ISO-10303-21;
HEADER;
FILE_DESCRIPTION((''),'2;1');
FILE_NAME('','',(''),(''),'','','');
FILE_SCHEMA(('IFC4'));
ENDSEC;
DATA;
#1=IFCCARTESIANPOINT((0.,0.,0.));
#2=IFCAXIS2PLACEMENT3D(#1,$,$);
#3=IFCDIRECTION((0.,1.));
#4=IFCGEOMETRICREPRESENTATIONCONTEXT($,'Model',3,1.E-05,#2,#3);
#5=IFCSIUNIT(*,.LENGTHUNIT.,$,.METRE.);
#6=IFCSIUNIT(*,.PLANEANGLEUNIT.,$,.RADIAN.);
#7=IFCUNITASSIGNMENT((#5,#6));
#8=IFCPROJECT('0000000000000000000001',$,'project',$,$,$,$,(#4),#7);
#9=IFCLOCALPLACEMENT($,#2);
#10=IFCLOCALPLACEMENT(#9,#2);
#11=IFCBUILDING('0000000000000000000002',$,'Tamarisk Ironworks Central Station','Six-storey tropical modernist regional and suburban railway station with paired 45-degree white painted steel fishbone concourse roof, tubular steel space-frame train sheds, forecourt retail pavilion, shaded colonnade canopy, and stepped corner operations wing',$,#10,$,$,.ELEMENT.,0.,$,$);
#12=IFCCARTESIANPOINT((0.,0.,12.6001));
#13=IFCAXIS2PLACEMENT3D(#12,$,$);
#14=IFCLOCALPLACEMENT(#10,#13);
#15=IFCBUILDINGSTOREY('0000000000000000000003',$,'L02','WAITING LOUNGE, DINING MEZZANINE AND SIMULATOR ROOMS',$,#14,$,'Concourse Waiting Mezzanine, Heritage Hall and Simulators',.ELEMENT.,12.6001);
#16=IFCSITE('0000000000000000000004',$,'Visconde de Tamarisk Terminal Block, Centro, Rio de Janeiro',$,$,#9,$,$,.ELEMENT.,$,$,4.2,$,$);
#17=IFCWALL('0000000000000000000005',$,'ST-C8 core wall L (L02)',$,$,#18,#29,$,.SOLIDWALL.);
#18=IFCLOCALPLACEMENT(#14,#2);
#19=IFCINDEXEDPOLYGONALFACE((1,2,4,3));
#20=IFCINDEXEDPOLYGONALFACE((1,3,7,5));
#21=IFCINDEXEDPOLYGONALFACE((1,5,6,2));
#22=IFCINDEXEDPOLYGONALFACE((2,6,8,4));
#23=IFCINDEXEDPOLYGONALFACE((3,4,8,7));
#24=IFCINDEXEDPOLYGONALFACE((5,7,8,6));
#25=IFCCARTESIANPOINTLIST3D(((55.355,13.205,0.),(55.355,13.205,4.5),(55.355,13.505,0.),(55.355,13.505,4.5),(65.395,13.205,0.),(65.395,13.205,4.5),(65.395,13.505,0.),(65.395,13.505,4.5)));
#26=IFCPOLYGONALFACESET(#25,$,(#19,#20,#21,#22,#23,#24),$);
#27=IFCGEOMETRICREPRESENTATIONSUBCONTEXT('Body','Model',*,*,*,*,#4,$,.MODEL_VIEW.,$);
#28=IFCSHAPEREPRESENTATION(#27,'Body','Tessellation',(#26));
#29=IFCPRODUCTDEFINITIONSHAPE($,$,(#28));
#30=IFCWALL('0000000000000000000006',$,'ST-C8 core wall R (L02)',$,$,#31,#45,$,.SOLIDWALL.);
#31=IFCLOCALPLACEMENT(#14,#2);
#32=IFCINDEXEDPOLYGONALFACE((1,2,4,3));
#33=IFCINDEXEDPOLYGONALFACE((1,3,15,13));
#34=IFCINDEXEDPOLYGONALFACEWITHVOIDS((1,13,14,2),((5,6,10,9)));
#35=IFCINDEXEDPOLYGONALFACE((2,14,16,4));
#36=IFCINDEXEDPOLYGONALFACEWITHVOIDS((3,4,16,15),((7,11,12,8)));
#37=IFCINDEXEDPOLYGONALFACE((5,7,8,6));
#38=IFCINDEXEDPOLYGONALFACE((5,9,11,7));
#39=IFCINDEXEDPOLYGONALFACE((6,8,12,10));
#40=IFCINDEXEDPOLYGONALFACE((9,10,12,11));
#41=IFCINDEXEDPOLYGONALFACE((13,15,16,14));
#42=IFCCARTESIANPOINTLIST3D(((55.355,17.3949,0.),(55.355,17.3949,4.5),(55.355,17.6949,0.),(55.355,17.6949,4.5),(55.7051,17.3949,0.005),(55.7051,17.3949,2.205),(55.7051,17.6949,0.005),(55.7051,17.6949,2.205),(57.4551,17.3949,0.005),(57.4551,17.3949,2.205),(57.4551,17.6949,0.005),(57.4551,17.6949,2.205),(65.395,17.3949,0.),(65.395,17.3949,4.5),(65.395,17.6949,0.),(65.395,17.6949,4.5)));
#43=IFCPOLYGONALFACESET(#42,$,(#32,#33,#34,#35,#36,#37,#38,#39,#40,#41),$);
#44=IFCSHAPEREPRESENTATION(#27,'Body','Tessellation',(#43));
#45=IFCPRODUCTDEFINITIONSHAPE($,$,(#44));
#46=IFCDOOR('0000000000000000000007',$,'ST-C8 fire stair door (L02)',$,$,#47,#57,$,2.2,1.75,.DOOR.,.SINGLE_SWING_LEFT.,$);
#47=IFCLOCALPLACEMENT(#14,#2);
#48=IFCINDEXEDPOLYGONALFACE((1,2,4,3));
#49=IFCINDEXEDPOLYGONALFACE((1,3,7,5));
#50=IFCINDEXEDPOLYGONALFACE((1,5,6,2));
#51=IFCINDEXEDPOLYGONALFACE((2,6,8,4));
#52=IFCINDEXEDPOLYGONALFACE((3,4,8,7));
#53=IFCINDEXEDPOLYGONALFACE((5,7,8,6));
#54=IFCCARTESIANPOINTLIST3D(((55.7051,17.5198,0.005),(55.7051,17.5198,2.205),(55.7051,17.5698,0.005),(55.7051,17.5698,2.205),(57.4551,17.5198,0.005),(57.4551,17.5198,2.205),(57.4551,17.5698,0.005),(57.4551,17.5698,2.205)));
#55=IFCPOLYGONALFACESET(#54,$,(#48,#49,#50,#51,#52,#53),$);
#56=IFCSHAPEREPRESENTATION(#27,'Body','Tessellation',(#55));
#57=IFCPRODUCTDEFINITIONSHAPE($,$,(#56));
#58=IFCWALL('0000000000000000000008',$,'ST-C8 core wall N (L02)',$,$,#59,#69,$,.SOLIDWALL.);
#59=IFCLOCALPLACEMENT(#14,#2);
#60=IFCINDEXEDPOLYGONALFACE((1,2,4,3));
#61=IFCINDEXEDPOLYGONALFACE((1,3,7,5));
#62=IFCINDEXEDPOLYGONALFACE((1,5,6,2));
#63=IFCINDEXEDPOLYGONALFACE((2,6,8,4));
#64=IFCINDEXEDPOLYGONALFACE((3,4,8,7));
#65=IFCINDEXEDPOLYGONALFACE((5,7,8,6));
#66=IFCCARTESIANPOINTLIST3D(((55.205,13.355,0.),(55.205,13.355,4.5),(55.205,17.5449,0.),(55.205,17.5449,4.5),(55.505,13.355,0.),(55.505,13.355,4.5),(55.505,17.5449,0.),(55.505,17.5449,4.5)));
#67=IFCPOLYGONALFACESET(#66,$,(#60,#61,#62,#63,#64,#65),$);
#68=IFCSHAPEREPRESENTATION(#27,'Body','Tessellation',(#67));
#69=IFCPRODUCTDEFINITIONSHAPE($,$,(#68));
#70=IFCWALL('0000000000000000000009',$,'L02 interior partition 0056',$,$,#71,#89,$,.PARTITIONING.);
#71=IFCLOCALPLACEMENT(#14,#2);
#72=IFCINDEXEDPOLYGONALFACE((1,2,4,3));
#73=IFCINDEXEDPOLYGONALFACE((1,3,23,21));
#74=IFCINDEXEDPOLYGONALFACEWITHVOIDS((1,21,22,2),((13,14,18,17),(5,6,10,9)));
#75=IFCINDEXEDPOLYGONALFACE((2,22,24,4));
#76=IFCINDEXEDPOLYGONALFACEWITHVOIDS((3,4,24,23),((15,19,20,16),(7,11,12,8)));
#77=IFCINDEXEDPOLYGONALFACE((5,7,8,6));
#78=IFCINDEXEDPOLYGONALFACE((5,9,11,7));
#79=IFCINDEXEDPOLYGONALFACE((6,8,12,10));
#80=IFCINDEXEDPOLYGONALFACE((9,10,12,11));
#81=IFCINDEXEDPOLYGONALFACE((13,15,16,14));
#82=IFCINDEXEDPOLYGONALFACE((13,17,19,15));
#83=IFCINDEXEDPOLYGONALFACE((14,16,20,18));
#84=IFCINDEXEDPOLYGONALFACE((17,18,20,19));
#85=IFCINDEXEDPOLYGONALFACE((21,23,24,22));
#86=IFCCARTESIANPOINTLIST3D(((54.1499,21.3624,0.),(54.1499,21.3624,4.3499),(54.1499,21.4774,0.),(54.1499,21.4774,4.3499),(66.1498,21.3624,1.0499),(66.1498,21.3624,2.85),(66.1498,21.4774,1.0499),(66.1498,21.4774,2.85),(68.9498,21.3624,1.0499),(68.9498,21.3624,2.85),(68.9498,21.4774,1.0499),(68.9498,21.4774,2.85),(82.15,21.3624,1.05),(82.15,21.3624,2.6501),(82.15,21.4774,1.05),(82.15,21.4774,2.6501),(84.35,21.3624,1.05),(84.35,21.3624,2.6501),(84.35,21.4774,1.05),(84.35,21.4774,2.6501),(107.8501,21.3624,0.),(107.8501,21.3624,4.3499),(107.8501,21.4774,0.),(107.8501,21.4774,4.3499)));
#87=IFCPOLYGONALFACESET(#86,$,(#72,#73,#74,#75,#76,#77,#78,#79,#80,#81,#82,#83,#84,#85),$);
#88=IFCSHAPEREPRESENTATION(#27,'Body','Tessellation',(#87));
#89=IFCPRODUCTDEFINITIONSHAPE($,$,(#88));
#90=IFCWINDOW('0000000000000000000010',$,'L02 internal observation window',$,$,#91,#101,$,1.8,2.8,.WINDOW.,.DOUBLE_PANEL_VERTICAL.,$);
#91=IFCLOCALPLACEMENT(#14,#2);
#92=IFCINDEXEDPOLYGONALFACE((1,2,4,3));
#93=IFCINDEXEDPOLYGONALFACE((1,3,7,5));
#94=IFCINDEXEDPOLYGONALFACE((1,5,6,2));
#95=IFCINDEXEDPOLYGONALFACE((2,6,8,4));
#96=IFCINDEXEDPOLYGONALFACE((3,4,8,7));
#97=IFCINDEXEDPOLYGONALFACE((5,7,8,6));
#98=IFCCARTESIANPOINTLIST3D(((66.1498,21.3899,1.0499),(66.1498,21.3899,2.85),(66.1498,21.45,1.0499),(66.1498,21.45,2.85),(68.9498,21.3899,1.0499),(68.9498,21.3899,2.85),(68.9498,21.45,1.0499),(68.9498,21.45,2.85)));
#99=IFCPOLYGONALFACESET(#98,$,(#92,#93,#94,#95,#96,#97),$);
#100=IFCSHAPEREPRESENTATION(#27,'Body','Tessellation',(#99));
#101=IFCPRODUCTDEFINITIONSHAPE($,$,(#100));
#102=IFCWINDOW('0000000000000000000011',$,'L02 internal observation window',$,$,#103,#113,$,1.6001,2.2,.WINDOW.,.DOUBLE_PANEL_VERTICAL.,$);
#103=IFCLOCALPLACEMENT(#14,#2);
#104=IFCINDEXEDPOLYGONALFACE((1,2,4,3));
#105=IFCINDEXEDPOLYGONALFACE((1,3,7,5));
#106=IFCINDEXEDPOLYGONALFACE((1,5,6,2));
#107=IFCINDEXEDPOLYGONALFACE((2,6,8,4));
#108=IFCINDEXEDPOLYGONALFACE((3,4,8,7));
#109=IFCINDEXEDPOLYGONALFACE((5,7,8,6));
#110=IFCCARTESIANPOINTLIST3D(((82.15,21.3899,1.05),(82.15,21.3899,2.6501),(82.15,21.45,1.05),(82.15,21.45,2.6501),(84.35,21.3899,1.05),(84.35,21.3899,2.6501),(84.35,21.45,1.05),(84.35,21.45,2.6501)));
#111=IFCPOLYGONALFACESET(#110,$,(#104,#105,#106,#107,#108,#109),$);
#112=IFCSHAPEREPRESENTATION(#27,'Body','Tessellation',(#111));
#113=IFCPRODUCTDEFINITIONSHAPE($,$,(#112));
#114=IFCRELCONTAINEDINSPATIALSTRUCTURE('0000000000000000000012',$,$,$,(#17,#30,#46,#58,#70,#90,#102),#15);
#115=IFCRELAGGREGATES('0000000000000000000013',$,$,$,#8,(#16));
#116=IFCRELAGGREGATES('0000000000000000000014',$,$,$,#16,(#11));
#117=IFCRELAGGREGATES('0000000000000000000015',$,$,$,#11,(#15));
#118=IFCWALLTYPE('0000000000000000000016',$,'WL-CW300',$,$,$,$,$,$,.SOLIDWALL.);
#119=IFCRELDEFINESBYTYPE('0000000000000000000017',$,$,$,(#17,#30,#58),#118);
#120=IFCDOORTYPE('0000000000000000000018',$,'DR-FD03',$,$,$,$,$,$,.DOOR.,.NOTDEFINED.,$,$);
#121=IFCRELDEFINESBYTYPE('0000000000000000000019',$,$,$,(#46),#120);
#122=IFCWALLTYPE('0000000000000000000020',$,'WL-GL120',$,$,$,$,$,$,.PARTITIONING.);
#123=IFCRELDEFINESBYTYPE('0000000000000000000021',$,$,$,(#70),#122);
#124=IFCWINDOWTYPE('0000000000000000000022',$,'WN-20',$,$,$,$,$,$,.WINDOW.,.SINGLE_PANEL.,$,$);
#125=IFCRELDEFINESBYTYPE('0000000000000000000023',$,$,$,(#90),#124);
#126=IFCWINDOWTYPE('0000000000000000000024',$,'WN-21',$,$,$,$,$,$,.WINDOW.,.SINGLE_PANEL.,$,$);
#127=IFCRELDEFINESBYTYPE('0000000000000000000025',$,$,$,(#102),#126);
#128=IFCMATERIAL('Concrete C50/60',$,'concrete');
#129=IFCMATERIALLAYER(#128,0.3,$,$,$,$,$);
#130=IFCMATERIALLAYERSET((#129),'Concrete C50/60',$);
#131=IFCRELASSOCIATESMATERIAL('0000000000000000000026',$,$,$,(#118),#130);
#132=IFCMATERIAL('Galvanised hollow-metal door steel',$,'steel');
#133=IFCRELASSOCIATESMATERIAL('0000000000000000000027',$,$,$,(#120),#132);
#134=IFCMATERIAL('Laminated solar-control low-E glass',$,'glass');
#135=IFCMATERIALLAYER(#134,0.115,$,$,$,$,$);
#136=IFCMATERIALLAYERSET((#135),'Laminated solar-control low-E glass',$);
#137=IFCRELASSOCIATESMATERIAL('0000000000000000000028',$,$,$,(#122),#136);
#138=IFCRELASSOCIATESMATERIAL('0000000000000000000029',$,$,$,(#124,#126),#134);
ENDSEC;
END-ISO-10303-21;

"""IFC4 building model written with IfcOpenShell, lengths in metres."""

from ifc_helpers import new_model, si_unit, direction, frame, frame_2d, origin, place, context, subcontext, project, spatial, rectangle, extrude, material, layer, layer_set, type_object, element, fill, save


model = new_model("IFC4")

# Units and contexts
model_context = context("Model", 3, precision=1e-05, world=origin(), true_north=direction((0.0, 1.0)))
body_context = subcontext(model_context, "Body", "Model", "MODEL_VIEW")
ifc_project = project(units=[si_unit("LENGTHUNIT", "METRE"), si_unit("PLANEANGLEUNIT", "RADIAN")], contexts=[model_context])

# Site, building, storey
site_placement = place(None, origin())
site = spatial("IfcSite", under=ifc_project, at=site_placement, Name="Visconde de Tamarisk Terminal Block, Centro, Rio de Janeiro", CompositionType="ELEMENT", RefElevation=4.2)
building_placement = place(site_placement, origin())
building = spatial("IfcBuilding", under=site, at=building_placement, Name="Tamarisk Ironworks Central Station", Description="Six-storey tropical modernist regional and suburban railway station with paired 45-degree white painted steel fishbone concourse roof, tubular steel space-frame train sheds, forecourt retail pavilion, shaded colonnade canopy, and stepped corner operations wing", CompositionType="ELEMENT", ElevationOfRefHeight=0.0)
storey_placement = place(building_placement, frame((0.0, 0.0, 12.6001)))
storey = spatial("IfcBuildingStorey", under=building, at=storey_placement, Name="L02", Description="WAITING LOUNGE, DINING MEZZANINE AND SIMULATOR ROOMS", LongName="Concourse Waiting Mezzanine, Heritage Hall and Simulators", CompositionType="ELEMENT", Elevation=12.6001)

# Shared definitions
ifc_material_1 = material(Name="Laminated solar-control low-E glass", Category="glass")

# Wall
ifc_material_2 = material(Name="Concrete C50/60", Category="concrete")
ifc_layer_1 = layer(ifc_material_2, 0.3)
ifc_layer_set_1 = layer_set([ifc_layer_1], Name="Concrete C50/60")
wall_type_1 = type_object("IfcWallType", Name="WL-CW300", PredefinedType="SOLIDWALL", material=ifc_layer_set_1)
wall_1_placement = place(storey_placement, frame((55.355, 13.355, 0.0), z_axis=(0.0, 0.0, 1.0), x_axis=(1.0, 0.0, 0.0)))
element("IfcWall", 1, at=wall_1_placement, inside=storey, type_object=wall_type_1, Name="ST-C8 core wall L (L02)", PredefinedType="SOLIDWALL", context=body_context, shape_type="SweptSolid", body=[
    extrude(rectangle(XDim=10.04, YDim=0.3, at=frame_2d((5.02, 0.0))), origin(), (0.0, 0.0, 1.0), 4.5),
])

# Wall, opening, door
wall_2_placement = place(storey_placement, frame((55.355, 17.5449, 0.0), z_axis=(0.0, 0.0, 1.0), x_axis=(1.0, 0.0, 0.0)))
wall_2 = element("IfcWall", 2, at=wall_2_placement, inside=storey, type_object=wall_type_1, Name="ST-C8 core wall R (L02)", PredefinedType="SOLIDWALL", context=body_context, shape_type="SweptSolid", body=[
    extrude(rectangle(XDim=10.04, YDim=0.3, at=frame_2d((5.02, 0.0))), origin(), (0.0, 0.0, 1.0), 4.5),
])
opening_1_placement = place(wall_2_placement, frame((0.3501, 0.0, 0.0049)))
opening_1 = element("IfcOpeningElement", 3, at=opening_1_placement, cuts=wall_2, PredefinedType="OPENING", context=body_context, shape_type="SweptSolid", body=[
    extrude(rectangle(XDim=1.75, YDim=2.2, at=frame_2d((0.875, 1.1001))), frame((0.0, 0.1621, 0.0), z_axis=(0.0, -1.0, 0.0), x_axis=(1.0, 0.0, 0.0)), (0.0, 0.0, 1.0), 0.324),
])
ifc_material_3 = material(Name="Galvanised hollow-metal door steel", Category="steel")
door_type = type_object("IfcDoorType", Name="DR-FD03", OperationType="NOTDEFINED", PredefinedType="DOOR", material=ifc_material_3)
door_placement = place(opening_1_placement, origin())
door = element("IfcDoor", 4, at=door_placement, inside=storey, type_object=door_type, Name="ST-C8 fire stair door (L02)", OperationType="SINGLE_SWING_LEFT", OverallHeight=2.2, OverallWidth=1.75, PredefinedType="DOOR", context=body_context, shape_type="SweptSolid", body=[
    extrude(rectangle(XDim=1.75, YDim=2.2, at=frame_2d((0.875, 1.1001))), frame((0.0, 0.0249, 0.0), z_axis=(0.0, -1.0, 0.0), x_axis=(1.0, 0.0, 0.0)), (0.0, 0.0, 1.0), 0.05),
])
fill(opening_1, door)

# Wall
wall_3_placement = place(storey_placement, frame((55.355, 13.355, 0.0), z_axis=(0.0, 0.0, 1.0), x_axis=(0.0, 1.0, 0.0)))
element("IfcWall", 5, at=wall_3_placement, inside=storey, type_object=wall_type_1, Name="ST-C8 core wall N (L02)", PredefinedType="SOLIDWALL", context=body_context, shape_type="SweptSolid", body=[
    extrude(rectangle(XDim=4.1899, YDim=0.3, at=frame_2d((2.095, 0.0))), origin(), (0.0, 0.0, 1.0), 4.5),
])

# Wall, openings, windows
ifc_layer_2 = layer(ifc_material_1, 0.115)
ifc_layer_set_2 = layer_set([ifc_layer_2], Name="Laminated solar-control low-E glass")
wall_type_2 = type_object("IfcWallType", Name="WL-GL120", PredefinedType="PARTITIONING", material=ifc_layer_set_2)
wall_4_placement = place(storey_placement, frame((54.1499, 21.4199, 0.0), z_axis=(0.0, 0.0, 1.0), x_axis=(1.0, 0.0, 0.0)))
wall_4 = element("IfcWall", 6, at=wall_4_placement, inside=storey, type_object=wall_type_2, Name="L02 interior partition 0056", PredefinedType="PARTITIONING", context=body_context, shape_type="SweptSolid", body=[
    extrude(rectangle(XDim=53.7002, YDim=0.115, at=frame_2d((26.8501, 0.0))), origin(), (0.0, 0.0, 1.0), 4.3499),
])
opening_2_placement = place(wall_4_placement, frame((12.0, 0.0, 1.05)))
opening_2 = element("IfcOpeningElement", 7, at=opening_2_placement, cuts=wall_4, PredefinedType="OPENING", context=body_context, shape_type="SweptSolid", body=[
    extrude(rectangle(XDim=2.8, YDim=1.8, at=frame_2d((1.3999, 0.8999))), frame((0.0, 0.0693, 0.0), z_axis=(0.0, -1.0, 0.0), x_axis=(1.0, 0.0, 0.0)), (0.0, 0.0, 1.0), 0.1389),
])
opening_3_placement = place(wall_4_placement, frame((28.0, 0.0, 1.05)))
opening_3 = element("IfcOpeningElement", 8, at=opening_3_placement, cuts=wall_4, PredefinedType="OPENING", context=body_context, shape_type="SweptSolid", body=[
    extrude(rectangle(XDim=2.2, YDim=1.6001, at=frame_2d((1.1001, 0.8))), frame((0.0, 0.0693, 0.0), z_axis=(0.0, -1.0, 0.0), x_axis=(1.0, 0.0, 0.0)), (0.0, 0.0, 1.0), 0.1389),
])
window_type_1 = type_object("IfcWindowType", Name="WN-20", PartitioningType="SINGLE_PANEL", PredefinedType="WINDOW", material=ifc_material_1)
window_1_placement = place(opening_2_placement, origin())
window_1 = element("IfcWindow", 9, at=window_1_placement, inside=storey, type_object=window_type_1, Name="L02 internal observation window", OverallHeight=1.8, OverallWidth=2.8, PartitioningType="DOUBLE_PANEL_VERTICAL", PredefinedType="WINDOW", context=body_context, shape_type="SweptSolid", body=[
    extrude(rectangle(XDim=2.8, YDim=1.8, at=frame_2d((1.3999, 0.8999))), frame((0.0, 0.03, 0.0), z_axis=(0.0, -1.0, 0.0), x_axis=(1.0, 0.0, 0.0)), (0.0, 0.0, 1.0), 0.0601),
])
fill(opening_2, window_1)
window_type_2 = type_object("IfcWindowType", Name="WN-21", PartitioningType="SINGLE_PANEL", PredefinedType="WINDOW", material=ifc_material_1)
window_2_placement = place(opening_3_placement, origin())
window_2 = element("IfcWindow", 10, at=window_2_placement, inside=storey, type_object=window_type_2, Name="L02 internal observation window", OverallHeight=1.6001, OverallWidth=2.2, PartitioningType="DOUBLE_PANEL_VERTICAL", PredefinedType="WINDOW", context=body_context, shape_type="SweptSolid", body=[
    extrude(rectangle(XDim=2.2, YDim=1.6001, at=frame_2d((1.1001, 0.8))), frame((0.0, 0.03, 0.0), z_axis=(0.0, -1.0, 0.0), x_axis=(1.0, 0.0, 0.0)), (0.0, 0.0, 1.0), 0.0601),
])
fill(opening_3, window_2)

save(model, "model.ifc")
